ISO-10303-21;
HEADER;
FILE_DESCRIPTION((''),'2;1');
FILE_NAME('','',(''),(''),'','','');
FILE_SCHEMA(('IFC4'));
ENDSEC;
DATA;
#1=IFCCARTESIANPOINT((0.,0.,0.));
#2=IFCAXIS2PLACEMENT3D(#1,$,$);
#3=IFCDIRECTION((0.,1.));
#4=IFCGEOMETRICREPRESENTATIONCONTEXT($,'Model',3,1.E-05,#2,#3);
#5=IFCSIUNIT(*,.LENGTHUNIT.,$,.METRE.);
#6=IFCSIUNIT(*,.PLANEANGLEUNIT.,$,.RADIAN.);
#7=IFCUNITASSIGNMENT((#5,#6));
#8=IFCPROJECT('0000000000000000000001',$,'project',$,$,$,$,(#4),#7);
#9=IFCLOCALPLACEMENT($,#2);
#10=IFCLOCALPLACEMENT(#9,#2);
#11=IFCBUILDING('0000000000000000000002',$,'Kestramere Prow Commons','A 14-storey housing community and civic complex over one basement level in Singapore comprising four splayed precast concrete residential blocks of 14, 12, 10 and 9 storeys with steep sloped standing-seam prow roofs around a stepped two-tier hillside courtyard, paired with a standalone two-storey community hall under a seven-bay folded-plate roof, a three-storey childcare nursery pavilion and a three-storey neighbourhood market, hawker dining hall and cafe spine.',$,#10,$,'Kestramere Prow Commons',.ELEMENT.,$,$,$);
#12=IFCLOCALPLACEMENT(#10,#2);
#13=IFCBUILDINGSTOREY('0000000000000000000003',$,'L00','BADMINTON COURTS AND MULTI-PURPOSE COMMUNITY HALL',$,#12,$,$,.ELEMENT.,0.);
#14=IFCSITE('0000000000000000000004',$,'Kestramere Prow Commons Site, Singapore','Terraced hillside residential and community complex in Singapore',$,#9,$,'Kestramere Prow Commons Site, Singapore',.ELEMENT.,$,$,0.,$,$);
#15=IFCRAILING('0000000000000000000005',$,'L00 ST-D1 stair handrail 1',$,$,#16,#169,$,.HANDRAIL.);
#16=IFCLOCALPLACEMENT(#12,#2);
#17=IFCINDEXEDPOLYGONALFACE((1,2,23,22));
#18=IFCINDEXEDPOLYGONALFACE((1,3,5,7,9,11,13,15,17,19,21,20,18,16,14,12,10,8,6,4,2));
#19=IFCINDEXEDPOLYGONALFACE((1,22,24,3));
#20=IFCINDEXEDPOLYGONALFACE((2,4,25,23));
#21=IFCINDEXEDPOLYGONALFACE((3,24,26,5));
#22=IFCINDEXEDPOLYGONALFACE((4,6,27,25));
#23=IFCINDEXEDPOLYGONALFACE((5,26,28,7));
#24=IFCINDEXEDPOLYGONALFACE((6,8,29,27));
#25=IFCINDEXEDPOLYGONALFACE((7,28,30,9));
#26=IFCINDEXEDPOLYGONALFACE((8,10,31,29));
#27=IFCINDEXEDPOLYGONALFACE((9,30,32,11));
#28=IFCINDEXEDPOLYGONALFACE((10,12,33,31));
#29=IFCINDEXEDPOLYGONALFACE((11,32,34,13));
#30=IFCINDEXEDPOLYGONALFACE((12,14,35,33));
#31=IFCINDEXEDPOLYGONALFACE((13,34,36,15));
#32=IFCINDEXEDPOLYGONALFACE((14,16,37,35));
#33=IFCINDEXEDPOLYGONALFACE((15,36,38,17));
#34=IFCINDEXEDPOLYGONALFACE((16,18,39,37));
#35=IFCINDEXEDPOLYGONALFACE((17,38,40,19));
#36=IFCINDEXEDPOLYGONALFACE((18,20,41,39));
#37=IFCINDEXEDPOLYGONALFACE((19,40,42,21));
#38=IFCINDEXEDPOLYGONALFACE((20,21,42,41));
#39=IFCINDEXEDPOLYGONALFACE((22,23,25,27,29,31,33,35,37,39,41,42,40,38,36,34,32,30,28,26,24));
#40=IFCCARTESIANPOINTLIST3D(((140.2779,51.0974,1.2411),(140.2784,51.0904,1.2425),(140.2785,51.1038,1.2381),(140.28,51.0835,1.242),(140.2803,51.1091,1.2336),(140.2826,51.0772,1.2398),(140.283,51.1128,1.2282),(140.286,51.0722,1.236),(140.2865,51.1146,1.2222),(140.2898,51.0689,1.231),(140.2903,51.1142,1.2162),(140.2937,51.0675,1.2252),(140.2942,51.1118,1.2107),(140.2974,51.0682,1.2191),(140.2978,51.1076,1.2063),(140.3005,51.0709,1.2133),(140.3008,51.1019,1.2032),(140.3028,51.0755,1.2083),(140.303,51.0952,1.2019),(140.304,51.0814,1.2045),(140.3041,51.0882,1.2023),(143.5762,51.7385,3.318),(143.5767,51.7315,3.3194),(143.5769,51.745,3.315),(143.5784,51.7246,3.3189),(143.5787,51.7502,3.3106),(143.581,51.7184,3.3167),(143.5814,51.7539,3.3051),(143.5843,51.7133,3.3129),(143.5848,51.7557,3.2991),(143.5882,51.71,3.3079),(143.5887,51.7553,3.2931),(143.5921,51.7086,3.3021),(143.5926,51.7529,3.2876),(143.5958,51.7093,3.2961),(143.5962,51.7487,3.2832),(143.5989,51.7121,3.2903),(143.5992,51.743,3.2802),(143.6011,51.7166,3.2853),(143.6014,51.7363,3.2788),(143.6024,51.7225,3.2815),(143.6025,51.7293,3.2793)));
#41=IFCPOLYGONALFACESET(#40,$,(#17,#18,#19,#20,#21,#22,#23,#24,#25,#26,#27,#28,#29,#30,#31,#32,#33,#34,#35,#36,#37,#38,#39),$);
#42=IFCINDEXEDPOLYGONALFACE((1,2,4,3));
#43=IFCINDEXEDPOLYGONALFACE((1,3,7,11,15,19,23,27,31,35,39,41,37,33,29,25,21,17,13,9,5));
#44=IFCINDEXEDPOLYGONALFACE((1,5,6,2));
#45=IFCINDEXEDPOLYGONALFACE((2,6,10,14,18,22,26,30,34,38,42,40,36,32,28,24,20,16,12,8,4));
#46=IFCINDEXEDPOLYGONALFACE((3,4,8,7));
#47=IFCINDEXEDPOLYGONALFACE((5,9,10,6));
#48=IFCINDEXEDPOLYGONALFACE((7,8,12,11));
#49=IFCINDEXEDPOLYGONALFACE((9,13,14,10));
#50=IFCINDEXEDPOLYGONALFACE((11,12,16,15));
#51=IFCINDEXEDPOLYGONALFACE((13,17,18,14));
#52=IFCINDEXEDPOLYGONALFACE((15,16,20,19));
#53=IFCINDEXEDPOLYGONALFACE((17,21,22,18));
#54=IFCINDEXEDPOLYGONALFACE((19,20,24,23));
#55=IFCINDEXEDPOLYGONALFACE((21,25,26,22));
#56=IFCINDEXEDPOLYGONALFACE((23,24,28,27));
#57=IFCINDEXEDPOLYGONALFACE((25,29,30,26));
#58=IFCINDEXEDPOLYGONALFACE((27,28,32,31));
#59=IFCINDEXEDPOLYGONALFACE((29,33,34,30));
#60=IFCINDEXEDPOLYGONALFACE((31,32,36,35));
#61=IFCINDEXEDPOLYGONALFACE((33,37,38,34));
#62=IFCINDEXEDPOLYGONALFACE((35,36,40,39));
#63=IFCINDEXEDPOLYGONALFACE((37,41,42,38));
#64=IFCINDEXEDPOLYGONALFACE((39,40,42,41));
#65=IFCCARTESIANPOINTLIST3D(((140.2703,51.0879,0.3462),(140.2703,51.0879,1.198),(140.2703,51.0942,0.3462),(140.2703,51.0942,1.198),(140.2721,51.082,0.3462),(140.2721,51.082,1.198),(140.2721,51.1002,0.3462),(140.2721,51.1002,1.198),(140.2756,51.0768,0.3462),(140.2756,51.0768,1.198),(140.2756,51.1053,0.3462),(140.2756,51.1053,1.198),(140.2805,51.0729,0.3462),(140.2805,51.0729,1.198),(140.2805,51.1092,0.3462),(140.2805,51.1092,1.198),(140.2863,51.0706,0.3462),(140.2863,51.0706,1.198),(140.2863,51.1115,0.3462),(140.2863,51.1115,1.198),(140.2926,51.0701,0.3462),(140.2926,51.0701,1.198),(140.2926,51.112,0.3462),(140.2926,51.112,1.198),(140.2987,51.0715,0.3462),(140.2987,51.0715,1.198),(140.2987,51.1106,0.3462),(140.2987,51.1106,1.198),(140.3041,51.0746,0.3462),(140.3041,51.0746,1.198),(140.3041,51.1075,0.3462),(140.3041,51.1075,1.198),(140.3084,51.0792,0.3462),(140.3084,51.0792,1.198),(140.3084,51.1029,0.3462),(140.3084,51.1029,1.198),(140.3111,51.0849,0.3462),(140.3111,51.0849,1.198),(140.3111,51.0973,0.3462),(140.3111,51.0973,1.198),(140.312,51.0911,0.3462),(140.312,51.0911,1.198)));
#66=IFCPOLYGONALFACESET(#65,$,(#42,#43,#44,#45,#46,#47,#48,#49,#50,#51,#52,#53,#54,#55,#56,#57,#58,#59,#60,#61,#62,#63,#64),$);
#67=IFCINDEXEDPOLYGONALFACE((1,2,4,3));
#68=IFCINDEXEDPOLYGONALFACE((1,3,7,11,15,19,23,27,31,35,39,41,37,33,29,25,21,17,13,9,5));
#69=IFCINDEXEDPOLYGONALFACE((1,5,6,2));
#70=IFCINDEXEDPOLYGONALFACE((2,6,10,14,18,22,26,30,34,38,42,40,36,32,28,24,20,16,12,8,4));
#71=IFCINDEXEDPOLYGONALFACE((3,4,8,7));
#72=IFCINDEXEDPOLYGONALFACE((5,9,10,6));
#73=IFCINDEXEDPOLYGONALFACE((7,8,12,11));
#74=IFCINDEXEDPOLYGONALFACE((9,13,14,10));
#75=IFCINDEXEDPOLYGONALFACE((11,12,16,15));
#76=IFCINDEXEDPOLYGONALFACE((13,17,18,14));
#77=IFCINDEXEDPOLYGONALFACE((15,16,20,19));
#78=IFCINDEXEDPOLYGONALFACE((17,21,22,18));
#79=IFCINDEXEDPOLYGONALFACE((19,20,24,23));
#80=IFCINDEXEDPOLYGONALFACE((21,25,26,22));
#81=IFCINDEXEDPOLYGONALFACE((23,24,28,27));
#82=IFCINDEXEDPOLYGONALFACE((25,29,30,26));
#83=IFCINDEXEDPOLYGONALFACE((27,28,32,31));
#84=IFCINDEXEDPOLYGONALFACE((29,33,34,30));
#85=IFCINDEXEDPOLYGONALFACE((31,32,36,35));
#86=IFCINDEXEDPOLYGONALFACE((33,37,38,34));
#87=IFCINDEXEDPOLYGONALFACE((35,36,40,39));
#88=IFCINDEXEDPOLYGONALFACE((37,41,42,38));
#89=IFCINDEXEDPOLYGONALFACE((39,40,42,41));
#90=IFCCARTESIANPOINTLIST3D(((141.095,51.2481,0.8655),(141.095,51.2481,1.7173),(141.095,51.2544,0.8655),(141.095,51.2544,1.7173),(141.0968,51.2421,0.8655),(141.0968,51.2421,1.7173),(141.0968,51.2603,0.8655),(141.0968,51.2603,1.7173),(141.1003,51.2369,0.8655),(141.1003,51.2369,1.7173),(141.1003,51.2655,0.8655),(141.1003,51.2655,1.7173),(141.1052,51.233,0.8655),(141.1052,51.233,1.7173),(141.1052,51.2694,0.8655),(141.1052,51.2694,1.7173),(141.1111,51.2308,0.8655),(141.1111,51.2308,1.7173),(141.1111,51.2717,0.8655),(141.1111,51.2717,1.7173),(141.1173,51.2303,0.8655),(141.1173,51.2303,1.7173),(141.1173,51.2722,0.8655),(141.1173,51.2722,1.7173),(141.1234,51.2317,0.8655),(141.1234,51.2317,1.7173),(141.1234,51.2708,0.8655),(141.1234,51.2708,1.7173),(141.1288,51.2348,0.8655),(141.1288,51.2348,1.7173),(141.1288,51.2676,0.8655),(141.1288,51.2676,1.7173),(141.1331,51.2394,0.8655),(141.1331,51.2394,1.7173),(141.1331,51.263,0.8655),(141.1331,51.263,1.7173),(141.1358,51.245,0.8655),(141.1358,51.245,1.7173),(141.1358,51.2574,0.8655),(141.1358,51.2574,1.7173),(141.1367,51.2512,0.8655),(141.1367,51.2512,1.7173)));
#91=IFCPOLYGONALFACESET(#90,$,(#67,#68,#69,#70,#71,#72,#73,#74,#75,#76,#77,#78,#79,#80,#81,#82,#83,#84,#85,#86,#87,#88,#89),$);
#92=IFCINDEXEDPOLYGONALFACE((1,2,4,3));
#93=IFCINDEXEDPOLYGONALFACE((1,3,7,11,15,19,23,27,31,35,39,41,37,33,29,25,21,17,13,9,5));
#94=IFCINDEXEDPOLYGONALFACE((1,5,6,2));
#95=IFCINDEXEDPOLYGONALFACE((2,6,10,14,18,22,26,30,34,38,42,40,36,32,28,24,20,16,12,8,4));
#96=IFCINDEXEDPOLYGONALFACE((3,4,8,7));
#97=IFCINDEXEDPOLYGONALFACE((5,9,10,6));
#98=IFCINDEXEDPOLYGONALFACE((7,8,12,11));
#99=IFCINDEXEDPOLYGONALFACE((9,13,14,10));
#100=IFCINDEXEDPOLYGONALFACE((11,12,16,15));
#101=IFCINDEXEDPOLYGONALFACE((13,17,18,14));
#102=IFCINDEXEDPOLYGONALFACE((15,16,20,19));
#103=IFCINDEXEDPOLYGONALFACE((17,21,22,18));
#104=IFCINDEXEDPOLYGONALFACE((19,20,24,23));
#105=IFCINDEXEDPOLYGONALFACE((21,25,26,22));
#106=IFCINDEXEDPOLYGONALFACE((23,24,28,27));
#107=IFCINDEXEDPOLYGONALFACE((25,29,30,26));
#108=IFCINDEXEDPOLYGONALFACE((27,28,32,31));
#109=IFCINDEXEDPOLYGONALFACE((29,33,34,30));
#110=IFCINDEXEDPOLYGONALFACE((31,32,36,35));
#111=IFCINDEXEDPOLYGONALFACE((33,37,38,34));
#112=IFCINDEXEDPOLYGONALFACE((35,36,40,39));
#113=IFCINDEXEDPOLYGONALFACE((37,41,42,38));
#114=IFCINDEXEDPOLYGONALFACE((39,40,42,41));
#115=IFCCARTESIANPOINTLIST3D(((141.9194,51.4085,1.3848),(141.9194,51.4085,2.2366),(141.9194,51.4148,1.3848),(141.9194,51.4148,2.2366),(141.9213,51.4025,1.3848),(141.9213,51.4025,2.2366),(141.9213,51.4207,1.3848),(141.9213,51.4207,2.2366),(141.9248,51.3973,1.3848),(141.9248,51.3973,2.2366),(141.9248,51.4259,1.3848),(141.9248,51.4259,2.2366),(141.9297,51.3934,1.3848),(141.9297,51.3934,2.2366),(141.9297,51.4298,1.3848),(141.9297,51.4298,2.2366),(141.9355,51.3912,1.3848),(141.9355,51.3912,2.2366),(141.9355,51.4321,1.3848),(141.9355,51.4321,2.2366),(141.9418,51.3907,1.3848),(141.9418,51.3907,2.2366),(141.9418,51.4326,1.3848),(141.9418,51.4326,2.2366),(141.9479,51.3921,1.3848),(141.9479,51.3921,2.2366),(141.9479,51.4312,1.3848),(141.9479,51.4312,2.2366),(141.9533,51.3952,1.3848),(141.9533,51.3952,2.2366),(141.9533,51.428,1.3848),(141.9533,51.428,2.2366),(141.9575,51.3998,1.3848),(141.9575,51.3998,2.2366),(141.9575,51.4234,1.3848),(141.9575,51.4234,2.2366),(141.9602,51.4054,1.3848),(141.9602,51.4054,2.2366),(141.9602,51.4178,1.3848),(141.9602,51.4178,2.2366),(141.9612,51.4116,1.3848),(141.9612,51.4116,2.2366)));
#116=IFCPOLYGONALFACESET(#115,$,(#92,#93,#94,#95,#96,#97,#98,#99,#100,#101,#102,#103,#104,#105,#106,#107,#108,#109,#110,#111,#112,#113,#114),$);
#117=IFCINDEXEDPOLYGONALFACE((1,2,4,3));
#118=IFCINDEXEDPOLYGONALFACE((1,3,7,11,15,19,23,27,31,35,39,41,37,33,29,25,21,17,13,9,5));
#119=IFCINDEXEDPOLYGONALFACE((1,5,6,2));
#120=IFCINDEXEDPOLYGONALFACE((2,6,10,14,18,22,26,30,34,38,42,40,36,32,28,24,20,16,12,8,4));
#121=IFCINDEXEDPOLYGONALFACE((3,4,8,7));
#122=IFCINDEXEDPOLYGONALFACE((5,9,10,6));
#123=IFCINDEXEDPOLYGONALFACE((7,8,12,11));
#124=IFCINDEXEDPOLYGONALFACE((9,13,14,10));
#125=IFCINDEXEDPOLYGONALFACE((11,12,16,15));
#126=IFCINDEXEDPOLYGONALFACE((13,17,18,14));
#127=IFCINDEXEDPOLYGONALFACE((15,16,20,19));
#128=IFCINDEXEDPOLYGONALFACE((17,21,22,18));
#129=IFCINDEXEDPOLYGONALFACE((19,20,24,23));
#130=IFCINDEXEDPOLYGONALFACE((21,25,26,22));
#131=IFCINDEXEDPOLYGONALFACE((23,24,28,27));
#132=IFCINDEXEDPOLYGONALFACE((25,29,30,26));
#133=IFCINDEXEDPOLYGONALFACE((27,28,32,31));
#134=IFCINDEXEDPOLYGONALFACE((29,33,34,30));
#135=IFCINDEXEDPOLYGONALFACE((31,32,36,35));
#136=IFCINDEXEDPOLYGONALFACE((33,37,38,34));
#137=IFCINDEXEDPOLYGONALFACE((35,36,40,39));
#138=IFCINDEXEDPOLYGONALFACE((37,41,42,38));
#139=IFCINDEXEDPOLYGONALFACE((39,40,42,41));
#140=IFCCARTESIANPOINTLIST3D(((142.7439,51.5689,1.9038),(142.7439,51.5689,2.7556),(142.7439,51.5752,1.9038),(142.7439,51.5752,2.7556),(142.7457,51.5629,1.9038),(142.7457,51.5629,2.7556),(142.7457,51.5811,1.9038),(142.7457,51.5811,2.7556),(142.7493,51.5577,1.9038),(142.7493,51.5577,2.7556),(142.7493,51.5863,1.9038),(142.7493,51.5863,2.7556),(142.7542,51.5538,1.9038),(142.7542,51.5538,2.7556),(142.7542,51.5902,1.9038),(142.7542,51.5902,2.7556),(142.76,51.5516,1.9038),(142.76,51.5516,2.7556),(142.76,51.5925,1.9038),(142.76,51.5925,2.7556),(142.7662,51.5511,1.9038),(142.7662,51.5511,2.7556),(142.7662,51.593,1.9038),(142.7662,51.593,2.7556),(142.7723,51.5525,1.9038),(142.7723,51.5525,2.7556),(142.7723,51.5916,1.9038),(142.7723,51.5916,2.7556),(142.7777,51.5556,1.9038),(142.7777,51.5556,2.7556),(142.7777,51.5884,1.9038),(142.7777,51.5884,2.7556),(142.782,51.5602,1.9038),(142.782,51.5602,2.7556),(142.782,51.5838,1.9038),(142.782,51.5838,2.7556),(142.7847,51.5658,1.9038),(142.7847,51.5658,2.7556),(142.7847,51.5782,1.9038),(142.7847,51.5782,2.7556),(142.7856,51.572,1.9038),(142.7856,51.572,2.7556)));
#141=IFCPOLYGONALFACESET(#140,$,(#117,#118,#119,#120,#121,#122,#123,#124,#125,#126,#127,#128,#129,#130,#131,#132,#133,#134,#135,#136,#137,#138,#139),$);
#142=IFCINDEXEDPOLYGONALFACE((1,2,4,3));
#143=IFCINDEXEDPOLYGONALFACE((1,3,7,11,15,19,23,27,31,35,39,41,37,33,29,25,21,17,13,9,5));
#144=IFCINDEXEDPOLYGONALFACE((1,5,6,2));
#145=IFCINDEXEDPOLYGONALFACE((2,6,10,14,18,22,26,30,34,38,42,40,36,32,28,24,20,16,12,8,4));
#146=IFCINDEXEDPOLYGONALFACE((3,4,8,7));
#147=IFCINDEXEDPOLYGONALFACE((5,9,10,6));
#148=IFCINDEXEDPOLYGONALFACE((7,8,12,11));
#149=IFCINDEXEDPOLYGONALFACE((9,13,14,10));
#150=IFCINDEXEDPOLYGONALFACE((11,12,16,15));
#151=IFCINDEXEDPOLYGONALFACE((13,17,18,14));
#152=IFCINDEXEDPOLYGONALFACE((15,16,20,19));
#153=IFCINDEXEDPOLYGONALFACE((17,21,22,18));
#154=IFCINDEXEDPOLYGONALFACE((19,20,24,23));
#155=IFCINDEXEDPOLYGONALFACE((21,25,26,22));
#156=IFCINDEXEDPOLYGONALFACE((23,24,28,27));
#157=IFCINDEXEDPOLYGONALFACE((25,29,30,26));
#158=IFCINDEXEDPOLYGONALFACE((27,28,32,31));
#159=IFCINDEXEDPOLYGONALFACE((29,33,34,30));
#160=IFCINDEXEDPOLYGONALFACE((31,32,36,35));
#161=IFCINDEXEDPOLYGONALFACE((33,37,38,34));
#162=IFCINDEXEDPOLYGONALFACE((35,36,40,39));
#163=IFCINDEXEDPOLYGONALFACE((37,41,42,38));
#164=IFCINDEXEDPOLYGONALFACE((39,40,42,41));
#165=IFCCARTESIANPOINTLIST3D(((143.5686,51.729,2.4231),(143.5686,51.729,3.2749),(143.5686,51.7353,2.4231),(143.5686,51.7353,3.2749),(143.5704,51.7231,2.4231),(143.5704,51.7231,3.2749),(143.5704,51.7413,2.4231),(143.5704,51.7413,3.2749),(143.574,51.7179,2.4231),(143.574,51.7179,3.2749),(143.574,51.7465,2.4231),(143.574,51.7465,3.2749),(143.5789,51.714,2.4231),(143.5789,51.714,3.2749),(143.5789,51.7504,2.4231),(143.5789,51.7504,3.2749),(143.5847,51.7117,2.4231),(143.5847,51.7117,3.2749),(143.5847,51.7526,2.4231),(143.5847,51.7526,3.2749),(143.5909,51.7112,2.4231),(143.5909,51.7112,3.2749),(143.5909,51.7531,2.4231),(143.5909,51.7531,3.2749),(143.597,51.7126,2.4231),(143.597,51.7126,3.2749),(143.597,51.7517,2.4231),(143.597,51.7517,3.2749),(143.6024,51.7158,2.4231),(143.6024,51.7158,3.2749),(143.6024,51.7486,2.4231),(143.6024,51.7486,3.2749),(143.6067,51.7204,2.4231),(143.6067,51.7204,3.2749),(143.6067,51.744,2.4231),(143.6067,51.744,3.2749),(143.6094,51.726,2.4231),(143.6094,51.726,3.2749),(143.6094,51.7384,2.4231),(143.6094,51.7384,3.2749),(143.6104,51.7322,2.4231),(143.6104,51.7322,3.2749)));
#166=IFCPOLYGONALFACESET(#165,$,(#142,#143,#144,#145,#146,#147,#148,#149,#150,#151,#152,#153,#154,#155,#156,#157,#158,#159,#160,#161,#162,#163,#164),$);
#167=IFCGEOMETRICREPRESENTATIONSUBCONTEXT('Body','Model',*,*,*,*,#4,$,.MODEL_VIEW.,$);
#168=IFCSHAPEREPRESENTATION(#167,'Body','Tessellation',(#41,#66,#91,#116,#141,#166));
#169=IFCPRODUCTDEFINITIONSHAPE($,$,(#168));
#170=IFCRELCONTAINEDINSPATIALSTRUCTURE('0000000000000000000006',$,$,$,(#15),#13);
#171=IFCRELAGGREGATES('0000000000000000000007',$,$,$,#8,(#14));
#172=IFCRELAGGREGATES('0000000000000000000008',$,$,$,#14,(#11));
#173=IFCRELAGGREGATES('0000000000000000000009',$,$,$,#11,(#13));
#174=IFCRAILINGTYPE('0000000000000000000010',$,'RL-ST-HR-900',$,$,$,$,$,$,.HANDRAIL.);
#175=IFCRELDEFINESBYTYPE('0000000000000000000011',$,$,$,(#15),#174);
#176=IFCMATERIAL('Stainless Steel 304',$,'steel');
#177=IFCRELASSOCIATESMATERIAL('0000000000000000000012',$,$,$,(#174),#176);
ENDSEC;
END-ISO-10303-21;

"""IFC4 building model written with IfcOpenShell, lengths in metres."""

from ifc_helpers import new_model, si_unit, direction, frame, origin, origin_2d, place, context, subcontext, project, spatial, circle, extrude, material, type_object, element, save


model = new_model("IFC4")

# Units and contexts
model_context = context("Model", 3, precision=1e-05, world=origin(), true_north=direction((0.0, 1.0)))
body_context = subcontext(model_context, "Body", "Model", "MODEL_VIEW")
ifc_project = project(units=[si_unit("LENGTHUNIT", "METRE"), si_unit("PLANEANGLEUNIT", "RADIAN")], contexts=[model_context])

# Site, building, storey
site_placement = place(None, origin())
site = spatial("IfcSite", under=ifc_project, at=site_placement, Name="Kestramere Prow Commons Site, Singapore", Description="Terraced hillside residential and community complex in Singapore", LongName="Kestramere Prow Commons Site, Singapore", CompositionType="ELEMENT", RefElevation=0.0)
building_placement = place(site_placement, origin())
building = spatial("IfcBuilding", under=site, at=building_placement, Name="Kestramere Prow Commons", Description="A 14-storey housing community and civic complex over one basement level in Singapore comprising four splayed precast concrete residential blocks of 14, 12, 10 and 9 storeys with steep sloped standing-seam prow roofs around a stepped two-tier hillside courtyard, paired with a standalone two-storey community hall under a seven-bay folded-plate roof, a three-storey childcare nursery pavilion and a three-storey neighbourhood market, hawker dining hall and cafe spine.", LongName="Kestramere Prow Commons", CompositionType="ELEMENT")
storey_placement = place(building_placement, origin())
storey = spatial("IfcBuildingStorey", under=building, at=storey_placement, Name="L00", Description="BADMINTON COURTS AND MULTI-PURPOSE COMMUNITY HALL", CompositionType="ELEMENT", Elevation=0.0)

# Railing
ifc_material_1 = material(Name="Stainless Steel 304", Category="steel")
railing_type_1 = type_object("IfcRailingType", Name="RL-ST-HR-900", PredefinedType="HANDRAIL", material=ifc_material_1)
railing_1_placement = place(storey_placement, frame((140.291, 51.0911, 0.3462)))
element("IfcRailing", 1, at=railing_1_placement, inside=storey, type_object=railing_type_1, Name="L00 ST-D1 stair handrail 1", PredefinedType="HANDRAIL", context=body_context, shape_type="SweptSolid", body=[
    extrude(circle(Radius=0.0239, at=origin_2d()), frame((0.0, 0.0, 0.876), z_axis=(0.834993, 0.162301, 0.52578), x_axis=(-0.190804, 0.981628, 0.0)), (0.0, 0.0, 1.0), 3.9502),
    extrude(circle(Radius=0.021, at=origin_2d()), origin(), (0.0, 0.0, 1.0), 0.8518),
    extrude(circle(Radius=0.021, at=origin_2d()), frame((0.8247, 0.1602, 0.5193)), (0.0, 0.0, 1.0), 0.8518),
    extrude(circle(Radius=0.021, at=origin_2d()), frame((1.6492, 0.3206, 1.0386)), (0.0, 0.0, 1.0), 0.8518),
    extrude(circle(Radius=0.021, at=origin_2d()), frame((2.4736, 0.481, 1.5576)), (0.0, 0.0, 1.0), 0.8518),
    extrude(circle(Radius=0.021, at=origin_2d()), frame((3.2983, 0.6411, 2.0769)), (0.0, 0.0, 1.0), 0.8518),
])

save(model, "model.ifc")
